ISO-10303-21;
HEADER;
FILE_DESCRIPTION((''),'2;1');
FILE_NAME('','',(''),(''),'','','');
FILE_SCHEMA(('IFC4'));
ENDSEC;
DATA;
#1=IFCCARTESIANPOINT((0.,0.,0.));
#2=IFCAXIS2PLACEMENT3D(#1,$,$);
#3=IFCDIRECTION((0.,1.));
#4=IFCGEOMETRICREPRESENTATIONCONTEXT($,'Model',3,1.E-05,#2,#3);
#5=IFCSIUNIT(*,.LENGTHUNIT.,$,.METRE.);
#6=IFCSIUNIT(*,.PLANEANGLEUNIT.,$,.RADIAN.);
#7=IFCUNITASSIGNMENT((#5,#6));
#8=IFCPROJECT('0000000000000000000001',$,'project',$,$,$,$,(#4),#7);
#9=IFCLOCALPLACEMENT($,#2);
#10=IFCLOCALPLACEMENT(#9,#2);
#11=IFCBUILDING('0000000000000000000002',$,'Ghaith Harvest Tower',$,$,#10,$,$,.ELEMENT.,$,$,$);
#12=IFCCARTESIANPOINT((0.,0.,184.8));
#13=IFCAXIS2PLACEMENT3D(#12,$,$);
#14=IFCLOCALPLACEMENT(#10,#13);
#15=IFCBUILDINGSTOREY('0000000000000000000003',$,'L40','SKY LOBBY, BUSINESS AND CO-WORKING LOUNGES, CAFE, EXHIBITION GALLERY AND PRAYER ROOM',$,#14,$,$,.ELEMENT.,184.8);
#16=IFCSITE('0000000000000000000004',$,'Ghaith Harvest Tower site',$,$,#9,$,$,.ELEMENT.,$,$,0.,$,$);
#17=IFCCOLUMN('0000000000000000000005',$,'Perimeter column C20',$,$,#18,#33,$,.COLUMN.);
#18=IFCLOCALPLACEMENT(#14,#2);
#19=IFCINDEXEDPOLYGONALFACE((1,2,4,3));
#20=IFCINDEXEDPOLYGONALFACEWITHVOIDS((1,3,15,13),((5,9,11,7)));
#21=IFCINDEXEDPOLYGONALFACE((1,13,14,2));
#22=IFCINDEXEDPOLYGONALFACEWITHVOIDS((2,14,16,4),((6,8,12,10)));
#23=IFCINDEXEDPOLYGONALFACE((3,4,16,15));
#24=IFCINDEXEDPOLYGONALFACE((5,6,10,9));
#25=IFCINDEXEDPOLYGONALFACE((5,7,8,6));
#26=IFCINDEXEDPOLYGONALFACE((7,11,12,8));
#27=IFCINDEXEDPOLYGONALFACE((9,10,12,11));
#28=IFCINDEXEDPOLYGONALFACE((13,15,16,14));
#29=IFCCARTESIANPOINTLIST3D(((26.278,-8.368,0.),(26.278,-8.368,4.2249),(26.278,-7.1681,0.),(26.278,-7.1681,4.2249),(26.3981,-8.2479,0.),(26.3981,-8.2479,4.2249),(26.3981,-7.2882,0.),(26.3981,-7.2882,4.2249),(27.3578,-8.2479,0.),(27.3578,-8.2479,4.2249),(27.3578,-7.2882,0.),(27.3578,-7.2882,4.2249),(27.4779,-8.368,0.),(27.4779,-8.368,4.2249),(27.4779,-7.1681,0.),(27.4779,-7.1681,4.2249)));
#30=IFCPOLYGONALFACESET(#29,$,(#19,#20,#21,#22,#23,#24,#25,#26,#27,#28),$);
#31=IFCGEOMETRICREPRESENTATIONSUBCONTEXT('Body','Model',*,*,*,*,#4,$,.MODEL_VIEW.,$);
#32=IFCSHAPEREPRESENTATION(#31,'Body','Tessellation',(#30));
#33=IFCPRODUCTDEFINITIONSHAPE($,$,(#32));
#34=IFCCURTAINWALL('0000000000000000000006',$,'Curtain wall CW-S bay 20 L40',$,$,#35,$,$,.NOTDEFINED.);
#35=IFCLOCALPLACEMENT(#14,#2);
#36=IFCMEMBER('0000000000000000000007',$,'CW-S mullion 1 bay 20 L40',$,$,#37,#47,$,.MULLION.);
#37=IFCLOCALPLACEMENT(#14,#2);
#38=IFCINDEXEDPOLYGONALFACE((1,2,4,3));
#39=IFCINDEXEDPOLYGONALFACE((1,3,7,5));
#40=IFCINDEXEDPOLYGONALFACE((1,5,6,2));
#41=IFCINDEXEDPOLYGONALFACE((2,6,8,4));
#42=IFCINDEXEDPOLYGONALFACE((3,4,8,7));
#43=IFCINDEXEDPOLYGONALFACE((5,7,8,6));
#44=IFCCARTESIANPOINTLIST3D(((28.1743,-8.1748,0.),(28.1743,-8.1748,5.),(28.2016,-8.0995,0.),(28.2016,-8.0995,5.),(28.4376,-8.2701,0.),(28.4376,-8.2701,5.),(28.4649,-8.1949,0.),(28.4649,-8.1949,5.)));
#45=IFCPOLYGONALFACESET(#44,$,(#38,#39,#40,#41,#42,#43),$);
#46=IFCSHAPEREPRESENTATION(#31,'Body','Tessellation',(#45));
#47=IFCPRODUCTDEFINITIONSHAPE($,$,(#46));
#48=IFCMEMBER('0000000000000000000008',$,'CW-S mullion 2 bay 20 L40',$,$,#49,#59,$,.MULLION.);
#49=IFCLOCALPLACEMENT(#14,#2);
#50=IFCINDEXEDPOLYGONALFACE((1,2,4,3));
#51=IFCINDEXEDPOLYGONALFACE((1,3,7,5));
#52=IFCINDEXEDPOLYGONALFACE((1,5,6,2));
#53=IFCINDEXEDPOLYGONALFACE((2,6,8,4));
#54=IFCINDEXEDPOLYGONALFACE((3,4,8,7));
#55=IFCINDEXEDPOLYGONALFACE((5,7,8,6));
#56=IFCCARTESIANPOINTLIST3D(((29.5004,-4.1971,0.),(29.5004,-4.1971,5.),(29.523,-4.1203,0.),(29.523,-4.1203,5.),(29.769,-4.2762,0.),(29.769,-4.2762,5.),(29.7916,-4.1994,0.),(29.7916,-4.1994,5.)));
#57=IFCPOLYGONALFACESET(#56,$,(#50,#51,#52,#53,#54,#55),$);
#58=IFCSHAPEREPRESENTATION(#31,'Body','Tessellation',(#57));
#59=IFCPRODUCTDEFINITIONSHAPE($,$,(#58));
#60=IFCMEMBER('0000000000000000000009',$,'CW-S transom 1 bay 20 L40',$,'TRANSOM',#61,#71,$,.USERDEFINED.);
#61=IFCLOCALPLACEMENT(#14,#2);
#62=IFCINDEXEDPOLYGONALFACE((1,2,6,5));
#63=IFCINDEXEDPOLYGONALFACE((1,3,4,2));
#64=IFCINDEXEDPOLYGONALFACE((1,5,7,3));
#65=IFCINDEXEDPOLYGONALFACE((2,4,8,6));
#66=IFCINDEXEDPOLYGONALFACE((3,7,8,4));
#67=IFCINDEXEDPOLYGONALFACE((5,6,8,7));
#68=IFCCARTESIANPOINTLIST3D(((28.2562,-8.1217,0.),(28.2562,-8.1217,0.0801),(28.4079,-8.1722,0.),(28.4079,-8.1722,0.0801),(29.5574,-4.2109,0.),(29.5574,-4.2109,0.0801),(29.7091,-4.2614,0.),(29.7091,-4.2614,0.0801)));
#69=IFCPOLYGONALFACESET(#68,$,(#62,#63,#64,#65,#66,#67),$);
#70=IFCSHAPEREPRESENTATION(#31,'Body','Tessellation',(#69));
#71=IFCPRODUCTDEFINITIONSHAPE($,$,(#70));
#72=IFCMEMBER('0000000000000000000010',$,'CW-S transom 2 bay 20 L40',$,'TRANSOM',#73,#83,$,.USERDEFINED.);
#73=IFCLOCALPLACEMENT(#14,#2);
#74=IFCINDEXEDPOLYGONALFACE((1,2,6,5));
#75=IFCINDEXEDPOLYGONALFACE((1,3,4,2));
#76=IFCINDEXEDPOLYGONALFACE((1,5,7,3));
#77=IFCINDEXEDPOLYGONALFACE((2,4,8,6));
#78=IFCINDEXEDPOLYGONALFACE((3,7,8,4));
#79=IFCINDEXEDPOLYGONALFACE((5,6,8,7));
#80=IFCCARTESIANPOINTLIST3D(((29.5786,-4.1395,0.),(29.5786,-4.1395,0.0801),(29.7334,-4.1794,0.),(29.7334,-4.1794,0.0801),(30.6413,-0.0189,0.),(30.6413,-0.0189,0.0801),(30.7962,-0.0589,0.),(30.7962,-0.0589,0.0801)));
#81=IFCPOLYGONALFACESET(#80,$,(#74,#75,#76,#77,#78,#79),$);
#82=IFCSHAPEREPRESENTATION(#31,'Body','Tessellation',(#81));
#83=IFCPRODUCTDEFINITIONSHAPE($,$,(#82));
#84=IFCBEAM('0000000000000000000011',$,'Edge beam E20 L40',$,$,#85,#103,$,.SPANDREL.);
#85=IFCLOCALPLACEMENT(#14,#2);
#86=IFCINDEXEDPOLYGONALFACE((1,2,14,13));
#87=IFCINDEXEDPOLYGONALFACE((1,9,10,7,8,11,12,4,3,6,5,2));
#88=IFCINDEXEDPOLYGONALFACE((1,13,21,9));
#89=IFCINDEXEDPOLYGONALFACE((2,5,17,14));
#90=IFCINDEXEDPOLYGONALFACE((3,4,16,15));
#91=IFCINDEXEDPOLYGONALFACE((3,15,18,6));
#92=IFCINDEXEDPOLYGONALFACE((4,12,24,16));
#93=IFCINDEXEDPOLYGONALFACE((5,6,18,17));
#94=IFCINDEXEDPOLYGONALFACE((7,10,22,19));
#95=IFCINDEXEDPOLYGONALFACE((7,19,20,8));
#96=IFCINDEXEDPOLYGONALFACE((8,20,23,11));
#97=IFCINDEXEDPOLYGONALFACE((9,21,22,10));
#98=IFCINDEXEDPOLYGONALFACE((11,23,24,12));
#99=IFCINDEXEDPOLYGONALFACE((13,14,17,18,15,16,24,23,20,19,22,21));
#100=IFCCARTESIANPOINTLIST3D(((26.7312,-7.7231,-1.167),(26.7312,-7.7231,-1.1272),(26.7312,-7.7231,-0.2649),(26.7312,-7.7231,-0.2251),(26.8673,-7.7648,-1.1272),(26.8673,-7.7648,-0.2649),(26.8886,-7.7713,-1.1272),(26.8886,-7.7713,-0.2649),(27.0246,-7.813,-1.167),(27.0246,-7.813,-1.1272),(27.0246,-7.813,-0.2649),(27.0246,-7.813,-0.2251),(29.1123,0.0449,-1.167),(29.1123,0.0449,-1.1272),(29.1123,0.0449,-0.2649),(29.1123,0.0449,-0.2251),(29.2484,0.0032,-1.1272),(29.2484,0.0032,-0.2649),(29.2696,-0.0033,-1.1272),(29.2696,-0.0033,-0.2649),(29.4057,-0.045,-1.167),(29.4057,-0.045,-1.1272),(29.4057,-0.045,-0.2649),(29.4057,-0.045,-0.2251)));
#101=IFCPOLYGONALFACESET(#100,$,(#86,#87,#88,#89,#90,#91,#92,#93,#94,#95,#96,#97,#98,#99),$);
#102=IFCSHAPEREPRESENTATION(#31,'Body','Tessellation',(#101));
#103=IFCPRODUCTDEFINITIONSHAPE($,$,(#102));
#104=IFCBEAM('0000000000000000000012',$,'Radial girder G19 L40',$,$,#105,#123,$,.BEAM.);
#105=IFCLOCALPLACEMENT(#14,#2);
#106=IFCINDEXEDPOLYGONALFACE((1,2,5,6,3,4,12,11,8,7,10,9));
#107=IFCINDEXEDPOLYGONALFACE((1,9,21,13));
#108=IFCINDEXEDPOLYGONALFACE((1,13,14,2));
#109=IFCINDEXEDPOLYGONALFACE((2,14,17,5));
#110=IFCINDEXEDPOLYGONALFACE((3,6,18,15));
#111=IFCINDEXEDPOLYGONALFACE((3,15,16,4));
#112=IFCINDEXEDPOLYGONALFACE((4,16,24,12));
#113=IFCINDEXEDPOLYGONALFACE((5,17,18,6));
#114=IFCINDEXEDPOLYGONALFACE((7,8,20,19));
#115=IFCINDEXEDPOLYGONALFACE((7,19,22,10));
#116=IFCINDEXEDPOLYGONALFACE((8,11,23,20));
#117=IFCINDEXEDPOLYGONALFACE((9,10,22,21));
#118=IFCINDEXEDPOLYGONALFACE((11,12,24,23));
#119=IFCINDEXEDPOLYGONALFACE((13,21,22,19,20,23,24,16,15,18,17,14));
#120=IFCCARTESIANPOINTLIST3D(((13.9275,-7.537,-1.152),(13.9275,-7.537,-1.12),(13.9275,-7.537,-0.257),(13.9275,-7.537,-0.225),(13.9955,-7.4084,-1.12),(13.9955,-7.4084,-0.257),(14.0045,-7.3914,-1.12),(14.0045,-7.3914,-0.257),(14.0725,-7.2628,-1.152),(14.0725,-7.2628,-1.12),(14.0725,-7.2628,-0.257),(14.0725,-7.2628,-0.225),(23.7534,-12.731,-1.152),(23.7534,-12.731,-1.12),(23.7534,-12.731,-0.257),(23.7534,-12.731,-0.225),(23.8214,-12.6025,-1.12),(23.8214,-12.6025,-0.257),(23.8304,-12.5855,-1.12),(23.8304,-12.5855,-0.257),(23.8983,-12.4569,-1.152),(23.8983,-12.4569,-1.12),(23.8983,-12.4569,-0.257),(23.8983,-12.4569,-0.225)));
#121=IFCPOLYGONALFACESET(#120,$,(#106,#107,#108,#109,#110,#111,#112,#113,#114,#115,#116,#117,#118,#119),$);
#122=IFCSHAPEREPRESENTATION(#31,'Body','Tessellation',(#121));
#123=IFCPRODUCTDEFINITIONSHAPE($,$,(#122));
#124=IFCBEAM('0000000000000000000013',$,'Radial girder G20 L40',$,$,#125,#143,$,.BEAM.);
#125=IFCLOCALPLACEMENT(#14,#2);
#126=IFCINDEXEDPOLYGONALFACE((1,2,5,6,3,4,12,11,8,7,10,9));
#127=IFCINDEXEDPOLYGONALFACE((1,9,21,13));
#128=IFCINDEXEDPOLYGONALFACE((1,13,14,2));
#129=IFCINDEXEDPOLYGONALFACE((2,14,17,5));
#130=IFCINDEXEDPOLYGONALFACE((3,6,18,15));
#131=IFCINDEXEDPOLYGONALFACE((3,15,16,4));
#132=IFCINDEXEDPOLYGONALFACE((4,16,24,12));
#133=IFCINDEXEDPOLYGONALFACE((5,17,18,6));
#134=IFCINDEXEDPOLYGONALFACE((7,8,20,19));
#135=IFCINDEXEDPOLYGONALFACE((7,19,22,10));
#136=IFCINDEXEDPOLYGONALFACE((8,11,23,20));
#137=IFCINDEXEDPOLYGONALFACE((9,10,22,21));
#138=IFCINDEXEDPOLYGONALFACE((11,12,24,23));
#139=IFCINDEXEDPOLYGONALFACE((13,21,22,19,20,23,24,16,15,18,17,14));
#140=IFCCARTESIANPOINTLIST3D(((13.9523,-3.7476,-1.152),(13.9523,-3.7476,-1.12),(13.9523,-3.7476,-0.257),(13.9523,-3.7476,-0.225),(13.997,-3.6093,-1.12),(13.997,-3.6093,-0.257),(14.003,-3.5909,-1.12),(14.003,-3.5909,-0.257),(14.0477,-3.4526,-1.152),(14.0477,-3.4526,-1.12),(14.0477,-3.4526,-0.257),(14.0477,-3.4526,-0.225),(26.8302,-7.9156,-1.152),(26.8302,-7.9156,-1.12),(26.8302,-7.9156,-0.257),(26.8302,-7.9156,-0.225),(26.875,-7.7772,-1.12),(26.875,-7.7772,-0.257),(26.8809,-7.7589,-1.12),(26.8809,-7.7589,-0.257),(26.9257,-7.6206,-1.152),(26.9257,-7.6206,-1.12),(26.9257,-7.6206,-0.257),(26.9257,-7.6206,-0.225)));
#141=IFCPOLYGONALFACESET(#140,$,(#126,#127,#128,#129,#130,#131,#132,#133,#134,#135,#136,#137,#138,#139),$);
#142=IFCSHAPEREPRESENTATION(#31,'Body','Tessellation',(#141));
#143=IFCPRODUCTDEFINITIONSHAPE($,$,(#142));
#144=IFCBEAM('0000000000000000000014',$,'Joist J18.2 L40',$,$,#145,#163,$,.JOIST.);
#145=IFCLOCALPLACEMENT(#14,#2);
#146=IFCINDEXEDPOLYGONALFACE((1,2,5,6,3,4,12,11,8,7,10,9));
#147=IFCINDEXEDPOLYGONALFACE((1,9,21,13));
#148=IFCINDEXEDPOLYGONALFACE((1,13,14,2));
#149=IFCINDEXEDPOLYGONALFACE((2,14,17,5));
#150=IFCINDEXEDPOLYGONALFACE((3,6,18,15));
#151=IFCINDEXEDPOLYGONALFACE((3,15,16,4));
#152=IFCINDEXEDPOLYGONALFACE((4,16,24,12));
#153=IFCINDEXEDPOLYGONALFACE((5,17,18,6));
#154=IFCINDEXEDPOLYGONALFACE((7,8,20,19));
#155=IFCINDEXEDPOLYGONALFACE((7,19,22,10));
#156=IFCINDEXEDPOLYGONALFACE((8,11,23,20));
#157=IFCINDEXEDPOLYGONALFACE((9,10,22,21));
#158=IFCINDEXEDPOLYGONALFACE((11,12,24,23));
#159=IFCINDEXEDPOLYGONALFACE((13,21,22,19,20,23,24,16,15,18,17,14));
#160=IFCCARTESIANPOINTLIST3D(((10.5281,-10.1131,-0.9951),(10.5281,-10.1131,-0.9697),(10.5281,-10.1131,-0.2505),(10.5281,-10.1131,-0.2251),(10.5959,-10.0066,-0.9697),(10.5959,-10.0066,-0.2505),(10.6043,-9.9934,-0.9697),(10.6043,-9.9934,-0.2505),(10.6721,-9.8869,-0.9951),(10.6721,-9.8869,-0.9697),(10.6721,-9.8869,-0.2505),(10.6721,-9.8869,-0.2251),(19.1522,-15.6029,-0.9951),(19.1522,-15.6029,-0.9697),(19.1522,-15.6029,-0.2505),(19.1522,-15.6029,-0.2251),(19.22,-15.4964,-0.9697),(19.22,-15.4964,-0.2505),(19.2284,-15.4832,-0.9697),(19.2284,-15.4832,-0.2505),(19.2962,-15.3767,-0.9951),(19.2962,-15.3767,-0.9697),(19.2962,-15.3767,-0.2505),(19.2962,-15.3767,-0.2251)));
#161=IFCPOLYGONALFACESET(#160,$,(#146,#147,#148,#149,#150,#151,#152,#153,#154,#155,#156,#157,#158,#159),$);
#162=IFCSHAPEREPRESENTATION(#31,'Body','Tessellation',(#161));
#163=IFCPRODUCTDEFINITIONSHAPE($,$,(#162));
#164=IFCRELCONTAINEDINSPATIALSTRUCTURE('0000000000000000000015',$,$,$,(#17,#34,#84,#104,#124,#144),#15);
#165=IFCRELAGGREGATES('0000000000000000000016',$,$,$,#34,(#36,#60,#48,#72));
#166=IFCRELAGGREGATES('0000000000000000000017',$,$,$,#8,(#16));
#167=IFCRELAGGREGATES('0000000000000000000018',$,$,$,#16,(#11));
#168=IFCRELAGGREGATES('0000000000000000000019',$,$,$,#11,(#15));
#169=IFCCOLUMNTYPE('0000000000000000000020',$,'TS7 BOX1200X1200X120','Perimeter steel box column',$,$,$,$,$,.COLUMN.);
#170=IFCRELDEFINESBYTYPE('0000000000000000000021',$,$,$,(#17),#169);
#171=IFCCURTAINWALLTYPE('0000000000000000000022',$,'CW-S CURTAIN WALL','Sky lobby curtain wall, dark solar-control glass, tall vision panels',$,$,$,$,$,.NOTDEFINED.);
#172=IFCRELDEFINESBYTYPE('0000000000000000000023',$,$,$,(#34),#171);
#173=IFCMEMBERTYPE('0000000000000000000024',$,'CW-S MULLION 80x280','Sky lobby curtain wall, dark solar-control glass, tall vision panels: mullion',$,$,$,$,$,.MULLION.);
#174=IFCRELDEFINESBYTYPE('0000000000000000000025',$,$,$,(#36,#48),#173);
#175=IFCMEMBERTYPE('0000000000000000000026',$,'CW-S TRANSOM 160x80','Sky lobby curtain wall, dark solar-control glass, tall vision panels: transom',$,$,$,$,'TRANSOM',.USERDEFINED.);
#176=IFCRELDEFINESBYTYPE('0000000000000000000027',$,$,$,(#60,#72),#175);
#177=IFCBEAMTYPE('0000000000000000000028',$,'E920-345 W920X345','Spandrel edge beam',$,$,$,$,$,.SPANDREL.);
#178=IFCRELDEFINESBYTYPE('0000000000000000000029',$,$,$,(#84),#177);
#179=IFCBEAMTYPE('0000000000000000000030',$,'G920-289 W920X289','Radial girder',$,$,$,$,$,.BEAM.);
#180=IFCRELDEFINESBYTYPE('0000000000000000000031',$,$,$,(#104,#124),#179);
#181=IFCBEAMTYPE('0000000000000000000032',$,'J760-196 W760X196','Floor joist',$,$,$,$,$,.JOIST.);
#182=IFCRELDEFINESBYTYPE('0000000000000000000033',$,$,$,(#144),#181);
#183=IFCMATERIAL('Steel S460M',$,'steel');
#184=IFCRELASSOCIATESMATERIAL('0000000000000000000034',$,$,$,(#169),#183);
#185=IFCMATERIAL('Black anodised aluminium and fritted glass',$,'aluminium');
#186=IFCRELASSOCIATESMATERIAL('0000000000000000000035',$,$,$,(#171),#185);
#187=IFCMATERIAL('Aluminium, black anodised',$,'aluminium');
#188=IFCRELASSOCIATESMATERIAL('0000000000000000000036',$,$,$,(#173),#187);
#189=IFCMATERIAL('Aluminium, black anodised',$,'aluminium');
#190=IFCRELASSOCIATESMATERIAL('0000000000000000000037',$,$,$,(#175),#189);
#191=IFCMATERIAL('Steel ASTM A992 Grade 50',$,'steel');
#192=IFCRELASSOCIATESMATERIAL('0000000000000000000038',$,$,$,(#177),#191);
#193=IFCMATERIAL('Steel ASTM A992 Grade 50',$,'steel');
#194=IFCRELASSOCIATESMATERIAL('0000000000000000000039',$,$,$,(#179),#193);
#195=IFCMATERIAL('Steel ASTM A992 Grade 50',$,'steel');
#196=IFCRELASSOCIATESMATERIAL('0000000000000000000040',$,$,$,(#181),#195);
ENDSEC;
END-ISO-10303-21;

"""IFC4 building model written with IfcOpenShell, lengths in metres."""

from ifc_helpers import new_model, si_unit, direction, frame, origin, origin_2d, place, context, subcontext, project, spatial, rectangle, hollow_rectangle, i_section, extrude, material, material_profile, profile_set, type_object, element, aggregate, save


model = new_model("IFC4")

# Units and contexts
model_context = context("Model", 3, precision=1e-05, world=origin(), true_north=direction((0.0, 1.0)))
body_context = subcontext(model_context, "Body", "Model", "MODEL_VIEW")
ifc_project = project(units=[si_unit("LENGTHUNIT", "METRE"), si_unit("PLANEANGLEUNIT", "RADIAN")], contexts=[model_context])

# Site, building, storey
site_placement = place(None, origin())
site = spatial("IfcSite", under=ifc_project, at=site_placement, Name="Ghaith Harvest Tower site", CompositionType="ELEMENT", RefElevation=0.0)
building_placement = place(site_placement, origin())
building = spatial("IfcBuilding", under=site, at=building_placement, Name="Ghaith Harvest Tower", CompositionType="ELEMENT")
storey_placement = place(building_placement, frame((0.0, 0.0, 184.8)))
storey = spatial("IfcBuildingStorey", under=building, at=storey_placement, Name="L40", Description="SKY LOBBY, BUSINESS AND CO-WORKING LOUNGES, CAFE, EXHIBITION GALLERY AND PRAYER ROOM", CompositionType="ELEMENT", Elevation=184.8)

# Column
ifc_material_1 = material(Name="Steel S460M", Category="steel")
ifc_material_profile_1 = material_profile(ifc_material_1, hollow_rectangle(XDim=1.2, YDim=1.2, WallThickness=0.1201, at=origin_2d()), Name="BOX1200X1200X120")
ifc_profile_set_1 = profile_set([ifc_material_profile_1], Name="Steel S460M")
column_type = type_object("IfcColumnType", Name="TS7 BOX1200X1200X120", Description="Perimeter steel box column", PredefinedType="COLUMN", material=ifc_profile_set_1)
column_placement = place(storey_placement, frame((26.8779, -7.7681, 0.0), z_axis=(0.0, 0.0, 1.0), x_axis=(1.0, 0.0, 0.0)))
element("IfcColumn", 1, at=column_placement, inside=storey, type_object=column_type, Name="Perimeter column C20", PredefinedType="COLUMN", context=body_context, shape_type="SweptSolid", body=[
    extrude(hollow_rectangle(XDim=1.2, YDim=1.2, WallThickness=0.1201, at=origin_2d()), origin(), (0.0, 0.0, 1.0), 4.2249),
])

# Curtain wall, members
ifc_material_2 = material(Name="Black anodised aluminium and fritted glass", Category="aluminium")
curtain_wall_type = type_object("IfcCurtainWallType", Name="CW-S CURTAIN WALL", Description="Sky lobby curtain wall, dark solar-control glass, tall vision panels", PredefinedType="NOTDEFINED", material=ifc_material_2)
curtain_wall_1_placement = place(storey_placement, origin())
curtain_wall_1 = element("IfcCurtainWall", 2, at=curtain_wall_1_placement, inside=storey, type_object=curtain_wall_type, Name="Curtain wall CW-S bay 20 L40", PredefinedType="NOTDEFINED")
ifc_material_3 = material(Name="Aluminium, black anodised", Category="aluminium")
ifc_material_profile_2 = material_profile(ifc_material_3, rectangle(XDim=0.0801, YDim=0.28, at=origin_2d()), Name="CW-S MULLION 80x280")
ifc_profile_set_2 = profile_set([ifc_material_profile_2], Name="Aluminium, black anodised")
member_type_1 = type_object("IfcMemberType", Name="CW-S MULLION 80x280", Description="Sky lobby curtain wall, dark solar-control glass, tall vision panels: mullion", PredefinedType="MULLION", material=ifc_profile_set_2)
member_1_placement = place(storey_placement, frame((28.3196, -8.1848, 0.0), z_axis=(0.0, 0.0, 1.0), x_axis=(0.340574, 0.940218, 0.0)))
member_1 = element("IfcMember", 3, at=member_1_placement, type_object=member_type_1, Name="CW-S mullion 1 bay 20 L40", PredefinedType="MULLION", context=body_context, shape_type="SweptSolid", body=[
    extrude(rectangle(XDim=0.0801, YDim=0.28, at=origin_2d()), origin(), (0.0, 0.0, 1.0), 5.0),
])
member_2_placement = place(storey_placement, frame((29.646, -4.1982, 0.0), z_axis=(0.0, 0.0, 1.0), x_axis=(0.282375, 0.959304, 0.0)))
member_2 = element("IfcMember", 4, at=member_2_placement, type_object=member_type_1, Name="CW-S mullion 2 bay 20 L40", PredefinedType="MULLION", context=body_context, shape_type="SweptSolid", body=[
    extrude(rectangle(XDim=0.0801, YDim=0.28, at=origin_2d()), origin(), (0.0, 0.0, 1.0), 5.0),
])
ifc_material_4 = material(Name="Aluminium, black anodised", Category="aluminium")
ifc_material_profile_3 = material_profile(ifc_material_4, rectangle(XDim=0.1599, YDim=0.0801, at=origin_2d()), Name="CW-S TRANSOM 160x80")
ifc_profile_set_3 = profile_set([ifc_material_profile_3], Name="Aluminium, black anodised")
member_type_2 = type_object("IfcMemberType", Name="CW-S TRANSOM 160x80", Description="Sky lobby curtain wall, dark solar-control glass, tall vision panels: transom", ElementType="TRANSOM", PredefinedType="USERDEFINED", material=ifc_profile_set_3)
member_3_placement = place(storey_placement, frame((28.332, -8.147, 0.04), z_axis=(0.315712, 0.948855, 0.0), x_axis=(-0.948855, 0.315712, 0.0)))
member_3 = element("IfcMember", 5, at=member_3_placement, type_object=member_type_2, Name="CW-S transom 1 bay 20 L40", ObjectType="TRANSOM", PredefinedType="USERDEFINED", context=body_context, shape_type="SweptSolid", body=[
    extrude(rectangle(XDim=0.1599, YDim=0.0801, at=origin_2d()), origin(), (0.0, 0.0, 1.0), 4.1216),
])
member_4_placement = place(storey_placement, frame((29.656, -4.1594, 0.04), z_axis=(0.249737, 0.968314, 0.0), x_axis=(-0.968314, 0.249737, 0.0)))
member_4 = element("IfcMember", 6, at=member_4_placement, type_object=member_type_2, Name="CW-S transom 2 bay 20 L40", ObjectType="TRANSOM", PredefinedType="USERDEFINED", context=body_context, shape_type="SweptSolid", body=[
    extrude(rectangle(XDim=0.1599, YDim=0.0801, at=origin_2d()), origin(), (0.0, 0.0, 1.0), 4.2554),
])

# Beams
ifc_material_5 = material(Name="Steel ASTM A992 Grade 50", Category="steel")
ifc_material_profile_4 = material_profile(ifc_material_5, i_section(OverallWidth=0.3069, OverallDepth=0.9419, WebThickness=0.0222, FlangeThickness=0.0398, at=origin_2d()), Name="W920X345")
ifc_profile_set_4 = profile_set([ifc_material_profile_4], Name="Steel ASTM A992 Grade 50")
beam_type_1 = type_object("IfcBeamType", Name="E920-345 W920X345", Description="Spandrel edge beam", PredefinedType="SPANDREL", material=ifc_profile_set_4)
beam_1_placement = place(storey_placement, frame((26.8779, -7.7681, -0.696), z_axis=(0.293066, 0.956092, 0.0), x_axis=(-0.956092, 0.293066, 0.0)))
element("IfcBeam", 7, at=beam_1_placement, inside=storey, type_object=beam_type_1, Name="Edge beam E20 L40", PredefinedType="SPANDREL", context=body_context, shape_type="SweptSolid", body=[
    extrude(i_section(OverallWidth=0.3069, OverallDepth=0.9419, WebThickness=0.0222, FlangeThickness=0.0398, at=origin_2d()), origin(), (0.0, 0.0, 1.0), 8.1248),
])
ifc_material_6 = material(Name="Steel ASTM A992 Grade 50", Category="steel")
ifc_material_profile_5 = material_profile(ifc_material_6, i_section(OverallWidth=0.3101, OverallDepth=0.927, WebThickness=0.0193, FlangeThickness=0.032, at=origin_2d()), Name="W920X289")
ifc_profile_set_5 = profile_set([ifc_material_profile_5], Name="Steel ASTM A992 Grade 50")
beam_type_2 = type_object("IfcBeamType", Name="G920-289 W920X289", Description="Radial girder", PredefinedType="BEAM", material=ifc_profile_set_5)
beam_2_placement = place(storey_placement, frame((14.0, -7.3999, -0.6885), z_axis=(0.884081, -0.467335, 0.0), x_axis=(0.467335, 0.884081, 0.0)))
element("IfcBeam", 8, at=beam_2_placement, inside=storey, type_object=beam_type_2, Name="Radial girder G19 L40", PredefinedType="BEAM", context=body_context, shape_type="SweptSolid", body=[
    extrude(i_section(OverallWidth=0.3101, OverallDepth=0.927, WebThickness=0.0193, FlangeThickness=0.032, at=origin_2d()), origin(), (0.0, 0.0, 1.0), 11.1143),
])
beam_3_placement = place(storey_placement, frame((14.0, -3.6001, -0.6885), z_axis=(0.95141, -0.307926, 0.0), x_axis=(0.307926, 0.95141, 0.0)))
element("IfcBeam", 9, at=beam_3_placement, inside=storey, type_object=beam_type_2, Name="Radial girder G20 L40", PredefinedType="BEAM", context=body_context, shape_type="SweptSolid", body=[
    extrude(i_section(OverallWidth=0.3101, OverallDepth=0.927, WebThickness=0.0193, FlangeThickness=0.032, at=origin_2d()), origin(), (0.0, 0.0, 1.0), 13.5356),
])
ifc_material_7 = material(Name="Steel ASTM A992 Grade 50", Category="steel")
ifc_material_profile_6 = material_profile(ifc_material_7, i_section(OverallWidth=0.2681, OverallDepth=0.77, WebThickness=0.0156, FlangeThickness=0.0254, at=origin_2d()), Name="W760X196")
ifc_profile_set_6 = profile_set([ifc_material_profile_6], Name="Steel ASTM A992 Grade 50")
beam_type_3 = type_object("IfcBeamType", Name="J760-196 W760X196", Description="Floor joist", PredefinedType="JOIST", material=ifc_profile_set_6)
beam_4_placement = place(storey_placement, frame((10.6001, -10.0, -0.6101), z_axis=(0.843585, -0.536996, 0.0), x_axis=(0.536996, 0.843585, 0.0)))
element("IfcBeam", 10, at=beam_4_placement, inside=storey, type_object=beam_type_3, Name="Joist J18.2 L40", PredefinedType="JOIST", context=body_context, shape_type="SweptSolid", body=[
    extrude(i_section(OverallWidth=0.2681, OverallDepth=0.77, WebThickness=0.0156, FlangeThickness=0.0254, at=origin_2d()), origin(), (0.0, 0.0, 1.0), 10.2231),
])

aggregate(curtain_wall_1, [member_1, member_3, member_2, member_4])

save(model, "model.ifc")
